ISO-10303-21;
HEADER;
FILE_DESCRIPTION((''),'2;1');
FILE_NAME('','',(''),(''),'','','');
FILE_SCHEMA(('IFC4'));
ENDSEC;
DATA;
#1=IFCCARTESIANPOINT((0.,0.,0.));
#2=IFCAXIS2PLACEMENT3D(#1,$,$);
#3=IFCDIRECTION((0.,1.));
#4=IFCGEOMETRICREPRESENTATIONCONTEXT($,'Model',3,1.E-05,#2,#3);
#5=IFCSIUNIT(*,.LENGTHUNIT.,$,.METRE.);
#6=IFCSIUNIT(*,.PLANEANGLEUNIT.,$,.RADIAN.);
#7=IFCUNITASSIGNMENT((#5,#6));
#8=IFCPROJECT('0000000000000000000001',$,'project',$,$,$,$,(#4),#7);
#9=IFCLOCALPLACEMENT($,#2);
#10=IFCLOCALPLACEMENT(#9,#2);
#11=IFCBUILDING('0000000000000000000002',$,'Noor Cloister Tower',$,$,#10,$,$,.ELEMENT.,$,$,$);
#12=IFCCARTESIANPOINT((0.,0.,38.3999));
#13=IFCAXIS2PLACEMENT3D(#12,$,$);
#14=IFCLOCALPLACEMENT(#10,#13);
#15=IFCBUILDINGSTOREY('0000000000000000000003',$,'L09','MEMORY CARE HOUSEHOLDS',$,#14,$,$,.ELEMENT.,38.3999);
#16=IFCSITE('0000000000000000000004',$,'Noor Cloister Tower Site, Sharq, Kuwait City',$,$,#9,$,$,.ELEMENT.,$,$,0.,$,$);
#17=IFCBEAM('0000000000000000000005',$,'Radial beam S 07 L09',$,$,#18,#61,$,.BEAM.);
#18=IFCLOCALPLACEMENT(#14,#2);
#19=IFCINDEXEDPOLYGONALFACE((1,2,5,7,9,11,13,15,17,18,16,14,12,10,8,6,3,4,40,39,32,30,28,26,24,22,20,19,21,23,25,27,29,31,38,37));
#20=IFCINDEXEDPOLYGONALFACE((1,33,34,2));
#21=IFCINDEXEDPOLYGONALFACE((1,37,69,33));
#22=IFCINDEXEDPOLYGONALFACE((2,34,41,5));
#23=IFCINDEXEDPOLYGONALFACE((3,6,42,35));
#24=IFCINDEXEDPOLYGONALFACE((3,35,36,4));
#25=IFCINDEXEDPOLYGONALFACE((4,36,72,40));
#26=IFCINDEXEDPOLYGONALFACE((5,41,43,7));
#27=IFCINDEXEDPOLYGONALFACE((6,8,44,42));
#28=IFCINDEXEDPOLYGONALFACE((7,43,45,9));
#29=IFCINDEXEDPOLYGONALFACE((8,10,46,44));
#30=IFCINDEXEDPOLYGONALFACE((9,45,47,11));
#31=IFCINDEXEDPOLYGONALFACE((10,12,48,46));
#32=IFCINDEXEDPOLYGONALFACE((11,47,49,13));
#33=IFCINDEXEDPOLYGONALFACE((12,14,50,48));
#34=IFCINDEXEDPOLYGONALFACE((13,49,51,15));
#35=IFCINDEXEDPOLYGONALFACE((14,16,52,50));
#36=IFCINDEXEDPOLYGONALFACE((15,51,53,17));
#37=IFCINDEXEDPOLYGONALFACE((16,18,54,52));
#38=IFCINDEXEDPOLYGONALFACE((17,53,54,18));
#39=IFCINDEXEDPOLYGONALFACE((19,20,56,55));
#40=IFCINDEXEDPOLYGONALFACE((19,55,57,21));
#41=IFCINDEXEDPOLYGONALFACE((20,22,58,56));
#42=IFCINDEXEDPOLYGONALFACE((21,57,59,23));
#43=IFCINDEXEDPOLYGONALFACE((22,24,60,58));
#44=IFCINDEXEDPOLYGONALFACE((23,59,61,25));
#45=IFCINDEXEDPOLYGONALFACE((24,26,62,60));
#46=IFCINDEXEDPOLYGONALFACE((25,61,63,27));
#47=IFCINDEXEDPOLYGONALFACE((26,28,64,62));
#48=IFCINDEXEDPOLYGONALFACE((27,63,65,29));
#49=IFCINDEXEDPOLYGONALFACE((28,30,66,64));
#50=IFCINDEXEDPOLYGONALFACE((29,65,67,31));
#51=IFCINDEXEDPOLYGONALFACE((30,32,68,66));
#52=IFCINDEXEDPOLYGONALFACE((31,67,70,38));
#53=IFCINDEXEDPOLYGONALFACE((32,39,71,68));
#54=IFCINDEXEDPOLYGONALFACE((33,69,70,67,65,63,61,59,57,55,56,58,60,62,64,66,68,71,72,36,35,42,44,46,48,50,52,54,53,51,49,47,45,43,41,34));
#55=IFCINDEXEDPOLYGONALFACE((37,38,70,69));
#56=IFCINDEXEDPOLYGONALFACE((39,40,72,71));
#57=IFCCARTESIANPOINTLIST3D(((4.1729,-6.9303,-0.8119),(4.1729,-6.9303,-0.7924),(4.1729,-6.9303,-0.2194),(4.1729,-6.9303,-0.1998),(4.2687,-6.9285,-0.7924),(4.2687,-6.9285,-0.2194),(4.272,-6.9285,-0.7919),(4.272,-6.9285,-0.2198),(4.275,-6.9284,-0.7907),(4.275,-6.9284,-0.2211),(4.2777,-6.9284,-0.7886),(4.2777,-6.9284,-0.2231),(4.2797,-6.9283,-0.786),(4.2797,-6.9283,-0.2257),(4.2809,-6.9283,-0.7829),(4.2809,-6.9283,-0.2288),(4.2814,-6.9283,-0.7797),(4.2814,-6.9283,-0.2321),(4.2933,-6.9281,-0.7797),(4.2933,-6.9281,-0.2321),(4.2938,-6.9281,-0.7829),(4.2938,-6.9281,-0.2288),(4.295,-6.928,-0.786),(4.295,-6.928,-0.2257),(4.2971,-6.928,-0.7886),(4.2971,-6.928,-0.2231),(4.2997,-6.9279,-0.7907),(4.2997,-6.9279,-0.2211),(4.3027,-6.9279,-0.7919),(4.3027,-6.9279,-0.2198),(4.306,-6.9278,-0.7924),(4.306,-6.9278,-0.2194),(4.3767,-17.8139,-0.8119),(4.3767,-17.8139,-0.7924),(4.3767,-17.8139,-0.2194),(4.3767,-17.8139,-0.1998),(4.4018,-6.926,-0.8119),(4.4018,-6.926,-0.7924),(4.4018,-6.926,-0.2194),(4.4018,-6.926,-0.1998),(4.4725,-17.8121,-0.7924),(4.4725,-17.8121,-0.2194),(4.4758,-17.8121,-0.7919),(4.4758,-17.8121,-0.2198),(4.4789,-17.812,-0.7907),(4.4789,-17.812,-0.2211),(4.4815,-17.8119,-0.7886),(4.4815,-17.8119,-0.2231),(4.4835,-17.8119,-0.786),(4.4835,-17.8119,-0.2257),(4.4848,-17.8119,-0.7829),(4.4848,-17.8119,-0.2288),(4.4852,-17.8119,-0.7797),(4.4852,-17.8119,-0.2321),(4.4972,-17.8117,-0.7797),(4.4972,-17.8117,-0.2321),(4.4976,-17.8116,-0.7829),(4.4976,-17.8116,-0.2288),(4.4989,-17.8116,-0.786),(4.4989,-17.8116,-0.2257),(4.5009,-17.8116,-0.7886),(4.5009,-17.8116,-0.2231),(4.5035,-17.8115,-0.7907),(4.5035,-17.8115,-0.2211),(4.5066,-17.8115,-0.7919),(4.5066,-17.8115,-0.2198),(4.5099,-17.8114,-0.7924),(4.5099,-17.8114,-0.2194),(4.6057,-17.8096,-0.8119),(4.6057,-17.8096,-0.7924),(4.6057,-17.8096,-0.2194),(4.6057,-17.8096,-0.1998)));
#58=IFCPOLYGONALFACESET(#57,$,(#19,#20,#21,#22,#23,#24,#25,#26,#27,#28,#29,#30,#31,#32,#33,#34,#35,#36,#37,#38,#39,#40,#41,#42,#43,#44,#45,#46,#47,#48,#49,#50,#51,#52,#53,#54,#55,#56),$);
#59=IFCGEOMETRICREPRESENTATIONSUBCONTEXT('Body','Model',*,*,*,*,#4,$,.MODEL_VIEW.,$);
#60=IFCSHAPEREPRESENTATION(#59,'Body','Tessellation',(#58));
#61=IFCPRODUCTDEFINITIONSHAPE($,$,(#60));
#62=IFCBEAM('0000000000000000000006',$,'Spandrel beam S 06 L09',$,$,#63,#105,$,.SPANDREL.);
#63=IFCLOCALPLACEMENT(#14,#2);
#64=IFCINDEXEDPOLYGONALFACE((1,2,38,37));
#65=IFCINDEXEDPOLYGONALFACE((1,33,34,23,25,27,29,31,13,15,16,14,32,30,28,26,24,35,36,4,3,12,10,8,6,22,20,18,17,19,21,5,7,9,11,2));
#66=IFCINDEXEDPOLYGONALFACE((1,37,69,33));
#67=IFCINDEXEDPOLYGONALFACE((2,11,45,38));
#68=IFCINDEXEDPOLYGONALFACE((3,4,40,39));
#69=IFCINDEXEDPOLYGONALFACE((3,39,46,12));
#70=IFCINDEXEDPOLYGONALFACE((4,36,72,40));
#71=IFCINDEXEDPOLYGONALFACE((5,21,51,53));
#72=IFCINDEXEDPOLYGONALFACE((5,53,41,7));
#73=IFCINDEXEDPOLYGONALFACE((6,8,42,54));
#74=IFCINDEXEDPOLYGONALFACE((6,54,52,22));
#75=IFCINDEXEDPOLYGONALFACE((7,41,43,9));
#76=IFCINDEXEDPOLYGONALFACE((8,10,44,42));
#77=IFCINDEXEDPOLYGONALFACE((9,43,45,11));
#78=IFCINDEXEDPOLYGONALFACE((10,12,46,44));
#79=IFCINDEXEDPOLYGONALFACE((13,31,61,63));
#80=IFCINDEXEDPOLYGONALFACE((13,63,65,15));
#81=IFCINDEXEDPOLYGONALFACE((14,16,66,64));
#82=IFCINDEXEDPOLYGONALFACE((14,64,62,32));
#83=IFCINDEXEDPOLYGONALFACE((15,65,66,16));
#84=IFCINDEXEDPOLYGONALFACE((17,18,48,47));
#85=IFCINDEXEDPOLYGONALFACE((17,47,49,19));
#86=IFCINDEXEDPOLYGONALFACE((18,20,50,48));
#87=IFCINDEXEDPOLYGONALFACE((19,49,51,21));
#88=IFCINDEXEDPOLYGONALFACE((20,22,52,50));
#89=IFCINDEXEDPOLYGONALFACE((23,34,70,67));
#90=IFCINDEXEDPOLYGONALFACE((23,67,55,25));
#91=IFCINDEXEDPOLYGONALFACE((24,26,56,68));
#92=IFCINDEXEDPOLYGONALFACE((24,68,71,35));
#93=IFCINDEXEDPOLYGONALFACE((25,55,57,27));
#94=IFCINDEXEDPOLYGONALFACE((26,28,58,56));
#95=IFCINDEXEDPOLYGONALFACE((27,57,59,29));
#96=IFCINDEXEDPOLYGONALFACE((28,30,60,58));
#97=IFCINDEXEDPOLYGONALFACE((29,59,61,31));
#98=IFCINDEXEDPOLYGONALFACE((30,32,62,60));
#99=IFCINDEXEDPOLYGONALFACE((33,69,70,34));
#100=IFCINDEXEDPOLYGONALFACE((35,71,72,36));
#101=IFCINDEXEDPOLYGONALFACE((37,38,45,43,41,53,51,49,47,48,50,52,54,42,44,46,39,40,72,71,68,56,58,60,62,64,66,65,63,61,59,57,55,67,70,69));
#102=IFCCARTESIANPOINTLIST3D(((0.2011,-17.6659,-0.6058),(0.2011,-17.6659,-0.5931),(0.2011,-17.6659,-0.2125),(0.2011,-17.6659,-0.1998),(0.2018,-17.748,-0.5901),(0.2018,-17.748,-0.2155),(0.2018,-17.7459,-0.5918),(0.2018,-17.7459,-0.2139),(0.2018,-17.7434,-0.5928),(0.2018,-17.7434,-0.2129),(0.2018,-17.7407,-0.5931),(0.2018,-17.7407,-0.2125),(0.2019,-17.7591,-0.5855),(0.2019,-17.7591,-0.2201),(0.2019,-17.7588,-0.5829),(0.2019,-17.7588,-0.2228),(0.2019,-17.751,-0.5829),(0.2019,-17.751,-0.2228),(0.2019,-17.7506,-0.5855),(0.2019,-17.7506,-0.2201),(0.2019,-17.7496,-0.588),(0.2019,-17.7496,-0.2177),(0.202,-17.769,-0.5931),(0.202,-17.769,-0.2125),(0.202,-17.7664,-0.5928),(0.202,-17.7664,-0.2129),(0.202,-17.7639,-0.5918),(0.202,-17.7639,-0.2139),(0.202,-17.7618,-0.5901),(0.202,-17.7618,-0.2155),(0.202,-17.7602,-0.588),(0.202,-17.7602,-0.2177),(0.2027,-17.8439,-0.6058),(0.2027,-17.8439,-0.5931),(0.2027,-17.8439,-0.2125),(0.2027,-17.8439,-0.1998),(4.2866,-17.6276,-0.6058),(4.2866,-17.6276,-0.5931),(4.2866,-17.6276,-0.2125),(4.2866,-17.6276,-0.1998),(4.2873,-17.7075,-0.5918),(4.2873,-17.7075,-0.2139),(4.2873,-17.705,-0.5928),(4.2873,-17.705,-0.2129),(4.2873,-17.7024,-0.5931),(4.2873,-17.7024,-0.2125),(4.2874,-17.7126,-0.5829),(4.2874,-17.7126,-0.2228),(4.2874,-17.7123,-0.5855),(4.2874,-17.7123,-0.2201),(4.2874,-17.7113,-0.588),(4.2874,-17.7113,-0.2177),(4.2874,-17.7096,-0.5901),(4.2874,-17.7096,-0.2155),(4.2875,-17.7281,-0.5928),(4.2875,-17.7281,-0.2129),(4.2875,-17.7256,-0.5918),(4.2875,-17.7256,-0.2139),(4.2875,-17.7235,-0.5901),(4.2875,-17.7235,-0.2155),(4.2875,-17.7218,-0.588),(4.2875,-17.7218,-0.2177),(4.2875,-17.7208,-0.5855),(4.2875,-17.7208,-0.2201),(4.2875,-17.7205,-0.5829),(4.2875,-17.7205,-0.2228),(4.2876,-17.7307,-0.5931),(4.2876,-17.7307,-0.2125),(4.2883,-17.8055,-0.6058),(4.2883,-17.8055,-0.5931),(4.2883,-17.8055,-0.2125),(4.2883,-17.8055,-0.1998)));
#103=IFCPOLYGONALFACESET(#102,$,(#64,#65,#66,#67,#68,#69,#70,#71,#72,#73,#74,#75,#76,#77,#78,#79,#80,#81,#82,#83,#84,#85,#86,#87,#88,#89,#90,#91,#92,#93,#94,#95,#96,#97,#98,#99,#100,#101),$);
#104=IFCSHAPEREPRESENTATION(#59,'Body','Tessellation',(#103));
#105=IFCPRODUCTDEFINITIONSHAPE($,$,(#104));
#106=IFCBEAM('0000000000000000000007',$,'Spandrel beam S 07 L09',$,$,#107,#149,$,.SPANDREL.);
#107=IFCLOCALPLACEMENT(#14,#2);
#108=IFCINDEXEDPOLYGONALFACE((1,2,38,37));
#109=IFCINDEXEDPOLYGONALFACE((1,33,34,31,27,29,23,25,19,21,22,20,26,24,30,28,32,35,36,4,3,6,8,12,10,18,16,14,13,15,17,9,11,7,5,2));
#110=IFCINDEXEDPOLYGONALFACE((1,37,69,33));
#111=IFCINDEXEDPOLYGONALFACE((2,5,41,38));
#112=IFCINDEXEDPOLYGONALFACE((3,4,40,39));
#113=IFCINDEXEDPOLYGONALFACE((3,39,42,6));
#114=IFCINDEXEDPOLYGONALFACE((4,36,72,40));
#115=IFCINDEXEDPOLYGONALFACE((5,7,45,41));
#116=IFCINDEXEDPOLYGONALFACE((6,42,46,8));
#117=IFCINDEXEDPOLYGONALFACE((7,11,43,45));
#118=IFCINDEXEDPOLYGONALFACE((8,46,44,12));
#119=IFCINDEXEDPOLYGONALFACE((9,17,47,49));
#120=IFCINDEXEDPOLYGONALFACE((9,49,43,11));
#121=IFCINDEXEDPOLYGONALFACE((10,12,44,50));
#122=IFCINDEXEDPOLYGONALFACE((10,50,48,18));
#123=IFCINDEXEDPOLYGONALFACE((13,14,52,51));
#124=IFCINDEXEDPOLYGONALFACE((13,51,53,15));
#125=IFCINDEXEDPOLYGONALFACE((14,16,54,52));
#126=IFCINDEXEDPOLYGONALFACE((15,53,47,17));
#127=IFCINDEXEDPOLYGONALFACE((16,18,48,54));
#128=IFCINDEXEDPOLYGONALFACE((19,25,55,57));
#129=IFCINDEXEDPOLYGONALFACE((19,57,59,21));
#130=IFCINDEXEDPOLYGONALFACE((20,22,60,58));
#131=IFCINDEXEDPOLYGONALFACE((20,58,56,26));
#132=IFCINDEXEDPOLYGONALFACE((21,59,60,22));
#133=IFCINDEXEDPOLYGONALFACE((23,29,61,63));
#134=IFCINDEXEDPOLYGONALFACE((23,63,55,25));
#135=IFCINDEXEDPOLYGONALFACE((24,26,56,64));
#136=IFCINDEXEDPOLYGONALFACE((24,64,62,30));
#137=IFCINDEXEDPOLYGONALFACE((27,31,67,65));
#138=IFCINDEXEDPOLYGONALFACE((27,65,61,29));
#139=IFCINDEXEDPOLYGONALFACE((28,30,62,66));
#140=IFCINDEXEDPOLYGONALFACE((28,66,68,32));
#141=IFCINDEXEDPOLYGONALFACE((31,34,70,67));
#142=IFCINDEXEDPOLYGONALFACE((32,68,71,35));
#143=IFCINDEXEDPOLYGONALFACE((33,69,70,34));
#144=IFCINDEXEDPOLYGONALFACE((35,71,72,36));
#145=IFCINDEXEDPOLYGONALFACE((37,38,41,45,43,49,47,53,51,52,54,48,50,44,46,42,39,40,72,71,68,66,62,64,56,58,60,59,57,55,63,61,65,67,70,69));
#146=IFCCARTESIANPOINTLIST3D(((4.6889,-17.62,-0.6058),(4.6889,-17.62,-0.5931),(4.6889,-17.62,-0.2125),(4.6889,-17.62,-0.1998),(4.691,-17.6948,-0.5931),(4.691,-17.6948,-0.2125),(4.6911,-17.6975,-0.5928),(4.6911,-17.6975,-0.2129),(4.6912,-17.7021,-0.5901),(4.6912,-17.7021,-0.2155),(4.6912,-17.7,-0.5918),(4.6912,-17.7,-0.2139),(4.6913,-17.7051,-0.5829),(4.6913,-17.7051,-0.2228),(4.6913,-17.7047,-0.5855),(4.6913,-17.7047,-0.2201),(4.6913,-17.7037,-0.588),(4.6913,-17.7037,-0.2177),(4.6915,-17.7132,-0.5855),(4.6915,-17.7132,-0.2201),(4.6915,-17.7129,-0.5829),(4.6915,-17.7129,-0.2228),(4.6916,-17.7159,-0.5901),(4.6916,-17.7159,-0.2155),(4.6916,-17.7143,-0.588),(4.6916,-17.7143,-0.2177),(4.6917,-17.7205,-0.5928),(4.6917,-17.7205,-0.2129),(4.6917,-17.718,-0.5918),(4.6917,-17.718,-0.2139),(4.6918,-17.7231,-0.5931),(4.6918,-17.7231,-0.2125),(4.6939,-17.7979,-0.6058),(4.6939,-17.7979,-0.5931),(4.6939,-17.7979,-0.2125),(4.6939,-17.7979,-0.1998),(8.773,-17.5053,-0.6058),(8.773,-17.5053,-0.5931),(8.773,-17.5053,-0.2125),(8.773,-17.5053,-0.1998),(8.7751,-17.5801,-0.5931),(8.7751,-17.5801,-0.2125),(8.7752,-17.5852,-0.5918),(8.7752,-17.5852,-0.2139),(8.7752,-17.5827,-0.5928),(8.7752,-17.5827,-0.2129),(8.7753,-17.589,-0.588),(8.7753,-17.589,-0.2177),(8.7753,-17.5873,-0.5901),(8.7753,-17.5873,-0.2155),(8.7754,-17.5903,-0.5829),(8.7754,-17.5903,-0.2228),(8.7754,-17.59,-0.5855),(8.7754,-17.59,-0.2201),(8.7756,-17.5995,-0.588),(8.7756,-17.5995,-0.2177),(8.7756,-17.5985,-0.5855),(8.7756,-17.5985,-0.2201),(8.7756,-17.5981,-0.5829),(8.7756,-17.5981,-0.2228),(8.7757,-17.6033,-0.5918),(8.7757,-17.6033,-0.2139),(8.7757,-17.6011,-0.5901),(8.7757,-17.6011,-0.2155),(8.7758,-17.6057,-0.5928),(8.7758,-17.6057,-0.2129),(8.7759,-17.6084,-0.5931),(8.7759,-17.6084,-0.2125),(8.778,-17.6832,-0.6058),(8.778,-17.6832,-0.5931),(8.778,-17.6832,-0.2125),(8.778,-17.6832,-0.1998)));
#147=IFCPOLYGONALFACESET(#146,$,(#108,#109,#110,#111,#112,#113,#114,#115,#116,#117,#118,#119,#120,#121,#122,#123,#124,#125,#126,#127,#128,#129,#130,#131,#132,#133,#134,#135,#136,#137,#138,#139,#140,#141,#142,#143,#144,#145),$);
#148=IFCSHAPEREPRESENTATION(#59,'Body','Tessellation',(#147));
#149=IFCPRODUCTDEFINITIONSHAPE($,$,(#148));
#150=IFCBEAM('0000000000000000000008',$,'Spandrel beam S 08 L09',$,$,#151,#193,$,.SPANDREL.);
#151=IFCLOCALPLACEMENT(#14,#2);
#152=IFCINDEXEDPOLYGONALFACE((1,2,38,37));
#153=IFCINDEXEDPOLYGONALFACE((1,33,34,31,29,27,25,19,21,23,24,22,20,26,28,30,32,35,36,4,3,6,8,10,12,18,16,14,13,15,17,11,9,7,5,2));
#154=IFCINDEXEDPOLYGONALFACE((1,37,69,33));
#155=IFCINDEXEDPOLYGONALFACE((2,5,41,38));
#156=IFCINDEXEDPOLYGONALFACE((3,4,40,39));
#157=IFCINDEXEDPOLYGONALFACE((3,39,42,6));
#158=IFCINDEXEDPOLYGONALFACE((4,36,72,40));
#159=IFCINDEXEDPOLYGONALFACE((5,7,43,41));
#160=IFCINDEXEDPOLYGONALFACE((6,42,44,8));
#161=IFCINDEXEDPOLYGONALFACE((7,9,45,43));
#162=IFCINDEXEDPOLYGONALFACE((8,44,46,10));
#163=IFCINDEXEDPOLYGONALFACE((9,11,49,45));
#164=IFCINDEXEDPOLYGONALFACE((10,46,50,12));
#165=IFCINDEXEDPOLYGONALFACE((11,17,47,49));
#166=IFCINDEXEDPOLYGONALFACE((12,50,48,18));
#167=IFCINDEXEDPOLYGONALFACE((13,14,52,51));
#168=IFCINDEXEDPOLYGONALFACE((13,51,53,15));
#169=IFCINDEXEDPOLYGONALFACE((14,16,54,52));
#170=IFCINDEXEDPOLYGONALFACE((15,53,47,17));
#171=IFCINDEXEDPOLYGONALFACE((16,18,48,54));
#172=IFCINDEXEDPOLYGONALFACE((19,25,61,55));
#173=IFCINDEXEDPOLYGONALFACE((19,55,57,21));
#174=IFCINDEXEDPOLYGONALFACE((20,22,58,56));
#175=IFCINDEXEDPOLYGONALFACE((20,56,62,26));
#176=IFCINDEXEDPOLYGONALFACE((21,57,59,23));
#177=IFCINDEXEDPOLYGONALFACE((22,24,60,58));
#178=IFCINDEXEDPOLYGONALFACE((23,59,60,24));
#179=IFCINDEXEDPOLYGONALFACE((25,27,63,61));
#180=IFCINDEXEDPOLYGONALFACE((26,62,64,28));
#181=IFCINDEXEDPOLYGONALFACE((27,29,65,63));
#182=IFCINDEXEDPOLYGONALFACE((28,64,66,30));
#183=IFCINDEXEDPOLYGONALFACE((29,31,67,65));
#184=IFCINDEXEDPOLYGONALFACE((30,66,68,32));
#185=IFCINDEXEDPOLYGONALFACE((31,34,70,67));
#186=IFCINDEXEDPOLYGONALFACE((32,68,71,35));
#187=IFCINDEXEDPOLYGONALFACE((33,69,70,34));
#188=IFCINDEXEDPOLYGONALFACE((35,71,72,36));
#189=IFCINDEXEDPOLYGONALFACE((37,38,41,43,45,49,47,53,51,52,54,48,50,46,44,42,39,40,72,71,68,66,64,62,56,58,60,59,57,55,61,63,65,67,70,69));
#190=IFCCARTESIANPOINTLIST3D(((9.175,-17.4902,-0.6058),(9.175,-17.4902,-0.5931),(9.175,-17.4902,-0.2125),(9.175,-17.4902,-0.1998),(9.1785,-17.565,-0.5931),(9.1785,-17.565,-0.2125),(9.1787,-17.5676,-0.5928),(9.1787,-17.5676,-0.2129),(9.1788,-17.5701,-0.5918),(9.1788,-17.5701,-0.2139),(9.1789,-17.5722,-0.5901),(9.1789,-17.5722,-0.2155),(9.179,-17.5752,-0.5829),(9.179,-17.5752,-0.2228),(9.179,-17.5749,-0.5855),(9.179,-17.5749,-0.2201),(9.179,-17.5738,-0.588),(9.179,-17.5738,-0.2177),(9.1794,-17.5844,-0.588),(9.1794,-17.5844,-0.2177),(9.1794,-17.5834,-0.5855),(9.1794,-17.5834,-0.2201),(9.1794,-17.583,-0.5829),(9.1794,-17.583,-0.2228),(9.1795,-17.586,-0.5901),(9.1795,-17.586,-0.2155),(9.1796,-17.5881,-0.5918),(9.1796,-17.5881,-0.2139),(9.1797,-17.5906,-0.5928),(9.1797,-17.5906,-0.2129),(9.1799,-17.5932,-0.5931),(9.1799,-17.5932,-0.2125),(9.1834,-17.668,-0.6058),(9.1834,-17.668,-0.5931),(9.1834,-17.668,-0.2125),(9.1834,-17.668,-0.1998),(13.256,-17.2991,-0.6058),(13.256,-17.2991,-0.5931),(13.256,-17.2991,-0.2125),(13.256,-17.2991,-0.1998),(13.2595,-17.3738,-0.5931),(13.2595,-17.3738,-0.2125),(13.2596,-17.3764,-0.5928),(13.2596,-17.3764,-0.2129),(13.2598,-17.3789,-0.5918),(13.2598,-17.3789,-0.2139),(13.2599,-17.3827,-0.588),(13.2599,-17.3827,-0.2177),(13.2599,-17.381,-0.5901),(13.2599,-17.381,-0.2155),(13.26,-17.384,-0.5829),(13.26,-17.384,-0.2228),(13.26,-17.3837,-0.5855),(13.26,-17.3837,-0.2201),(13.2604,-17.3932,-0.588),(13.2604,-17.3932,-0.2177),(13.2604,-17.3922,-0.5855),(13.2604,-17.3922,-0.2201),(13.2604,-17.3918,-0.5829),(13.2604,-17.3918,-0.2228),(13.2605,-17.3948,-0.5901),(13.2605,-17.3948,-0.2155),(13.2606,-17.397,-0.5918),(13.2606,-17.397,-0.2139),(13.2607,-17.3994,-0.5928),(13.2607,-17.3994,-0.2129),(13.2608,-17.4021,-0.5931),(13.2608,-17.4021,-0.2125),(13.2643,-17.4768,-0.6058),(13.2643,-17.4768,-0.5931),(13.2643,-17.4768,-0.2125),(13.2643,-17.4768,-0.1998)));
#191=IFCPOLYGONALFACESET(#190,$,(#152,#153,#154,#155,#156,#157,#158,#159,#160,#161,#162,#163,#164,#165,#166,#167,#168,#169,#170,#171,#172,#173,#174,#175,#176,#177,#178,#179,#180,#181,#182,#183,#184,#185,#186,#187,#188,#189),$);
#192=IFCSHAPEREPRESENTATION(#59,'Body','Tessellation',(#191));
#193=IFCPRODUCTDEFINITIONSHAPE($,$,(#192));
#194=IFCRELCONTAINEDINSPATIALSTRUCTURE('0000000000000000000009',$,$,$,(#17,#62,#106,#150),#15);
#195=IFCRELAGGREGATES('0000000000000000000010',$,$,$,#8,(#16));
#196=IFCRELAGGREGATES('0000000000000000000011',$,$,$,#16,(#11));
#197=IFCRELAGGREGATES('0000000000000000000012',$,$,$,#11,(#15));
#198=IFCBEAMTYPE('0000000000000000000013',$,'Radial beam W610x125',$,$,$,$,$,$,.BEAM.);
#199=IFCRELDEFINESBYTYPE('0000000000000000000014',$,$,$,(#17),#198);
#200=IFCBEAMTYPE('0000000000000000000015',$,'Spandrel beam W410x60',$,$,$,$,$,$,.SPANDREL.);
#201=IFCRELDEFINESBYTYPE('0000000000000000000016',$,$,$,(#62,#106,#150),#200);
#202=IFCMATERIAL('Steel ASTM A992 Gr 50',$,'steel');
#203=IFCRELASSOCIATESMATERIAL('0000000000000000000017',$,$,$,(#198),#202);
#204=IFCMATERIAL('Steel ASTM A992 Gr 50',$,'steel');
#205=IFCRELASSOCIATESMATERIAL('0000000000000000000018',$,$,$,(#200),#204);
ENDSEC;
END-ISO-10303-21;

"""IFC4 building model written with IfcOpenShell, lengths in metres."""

from ifc_helpers import new_model, si_unit, direction, frame, origin, origin_2d, place, context, subcontext, project, spatial, i_section, extrude, material, material_profile, profile_set, type_object, element, save


model = new_model("IFC4")

# Units and contexts
model_context = context("Model", 3, precision=1e-05, world=origin(), true_north=direction((0.0, 1.0)))
body_context = subcontext(model_context, "Body", "Model", "MODEL_VIEW")
ifc_project = project(units=[si_unit("LENGTHUNIT", "METRE"), si_unit("PLANEANGLEUNIT", "RADIAN")], contexts=[model_context])

# Site, building, storey
site_placement = place(None, origin())
site = spatial("IfcSite", under=ifc_project, at=site_placement, Name="Noor Cloister Tower Site, Sharq, Kuwait City", CompositionType="ELEMENT", RefElevation=0.0)
building_placement = place(site_placement, origin())
building = spatial("IfcBuilding", under=site, at=building_placement, Name="Noor Cloister Tower", CompositionType="ELEMENT")
storey_placement = place(building_placement, frame((0.0, 0.0, 38.3999)))
storey = spatial("IfcBuildingStorey", under=building, at=storey_placement, Name="L09", Description="MEMORY CARE HOUSEHOLDS", CompositionType="ELEMENT", Elevation=38.3999)

# Beams
ifc_material_1 = material(Name="Steel ASTM A992 Gr 50", Category="steel")
ifc_material_profile_1 = material_profile(ifc_material_1, i_section(OverallWidth=0.229, OverallDepth=0.6121, WebThickness=0.012, FlangeThickness=0.0195, FilletRadius=0.0127, at=origin_2d()), Name="W610x125")
ifc_profile_set_1 = profile_set([ifc_material_profile_1], Name="Steel ASTM A992 Gr 50")
beam_type_1 = type_object("IfcBeamType", Name="Radial beam W610x125", PredefinedType="BEAM", material=ifc_profile_set_1)
beam_1_placement = place(storey_placement, frame((4.4912, -17.8118, -0.5059), z_axis=(-0.018728, 0.999825, 0.0), x_axis=(-0.999825, -0.018728, 0.0)))
element("IfcBeam", 1, at=beam_1_placement, inside=storey, type_object=beam_type_1, Name="Radial beam S 07 L09", PredefinedType="BEAM", context=body_context, shape_type="SweptSolid", body=[
    extrude(i_section(OverallWidth=0.229, OverallDepth=0.6121, WebThickness=0.012, FlangeThickness=0.0195, FilletRadius=0.0127, at=origin_2d()), origin(), (0.0, 0.0, 1.0), 10.8855),
])
ifc_material_2 = material(Name="Steel ASTM A992 Gr 50", Category="steel")
ifc_material_profile_2 = material_profile(ifc_material_2, i_section(OverallWidth=0.178, OverallDepth=0.406, WebThickness=0.0078, FlangeThickness=0.0127, FilletRadius=0.0103, at=origin_2d()), Name="W410x60")
ifc_profile_set_2 = profile_set([ifc_material_profile_2], Name="Steel ASTM A992 Gr 50")
beam_type_2 = type_object("IfcBeamType", Name="Spandrel beam W410x60", PredefinedType="SPANDREL", material=ifc_profile_set_2)
for number, where, z_axis, x_axis, name in (
    (2, (0.2019, -17.7549, -0.4028), (0.999956, 0.009382, 0.0), (-0.009382, 0.999956, 0.0), "Spandrel beam S 06 L09"),
    (3, (4.6914, -17.709, -0.4028), (0.999606, 0.028086, 0.0), (-0.028086, 0.999606, 0.0), "Spandrel beam S 07 L09"),
):
    element("IfcBeam", number, at=place(storey_placement, frame(where, z_axis=z_axis, x_axis=x_axis)), inside=storey, type_object=beam_type_2, Name=name, PredefinedType="SPANDREL", context=body_context, shape_type="SweptSolid", body=[
        extrude(i_section(OverallWidth=0.178, OverallDepth=0.406, WebThickness=0.0078, FlangeThickness=0.0127, FilletRadius=0.0103, at=origin_2d()), origin(), (0.0, 0.0, 1.0), 4.0857),
    ])
beam_2_placement = place(storey_placement, frame((9.1792, -17.5791, -0.4028), z_axis=(0.998905, 0.04679, 0.0), x_axis=(-0.04679, 0.998905, 0.0)))
element("IfcBeam", 4, at=beam_2_placement, inside=storey, type_object=beam_type_2, Name="Spandrel beam S 08 L09", PredefinedType="SPANDREL", context=body_context, shape_type="SweptSolid", body=[
    extrude(i_section(OverallWidth=0.178, OverallDepth=0.406, WebThickness=0.0078, FlangeThickness=0.0127, FilletRadius=0.0103, at=origin_2d()), origin(), (0.0, 0.0, 1.0), 4.0854),
])

save(model, "model.ifc")
